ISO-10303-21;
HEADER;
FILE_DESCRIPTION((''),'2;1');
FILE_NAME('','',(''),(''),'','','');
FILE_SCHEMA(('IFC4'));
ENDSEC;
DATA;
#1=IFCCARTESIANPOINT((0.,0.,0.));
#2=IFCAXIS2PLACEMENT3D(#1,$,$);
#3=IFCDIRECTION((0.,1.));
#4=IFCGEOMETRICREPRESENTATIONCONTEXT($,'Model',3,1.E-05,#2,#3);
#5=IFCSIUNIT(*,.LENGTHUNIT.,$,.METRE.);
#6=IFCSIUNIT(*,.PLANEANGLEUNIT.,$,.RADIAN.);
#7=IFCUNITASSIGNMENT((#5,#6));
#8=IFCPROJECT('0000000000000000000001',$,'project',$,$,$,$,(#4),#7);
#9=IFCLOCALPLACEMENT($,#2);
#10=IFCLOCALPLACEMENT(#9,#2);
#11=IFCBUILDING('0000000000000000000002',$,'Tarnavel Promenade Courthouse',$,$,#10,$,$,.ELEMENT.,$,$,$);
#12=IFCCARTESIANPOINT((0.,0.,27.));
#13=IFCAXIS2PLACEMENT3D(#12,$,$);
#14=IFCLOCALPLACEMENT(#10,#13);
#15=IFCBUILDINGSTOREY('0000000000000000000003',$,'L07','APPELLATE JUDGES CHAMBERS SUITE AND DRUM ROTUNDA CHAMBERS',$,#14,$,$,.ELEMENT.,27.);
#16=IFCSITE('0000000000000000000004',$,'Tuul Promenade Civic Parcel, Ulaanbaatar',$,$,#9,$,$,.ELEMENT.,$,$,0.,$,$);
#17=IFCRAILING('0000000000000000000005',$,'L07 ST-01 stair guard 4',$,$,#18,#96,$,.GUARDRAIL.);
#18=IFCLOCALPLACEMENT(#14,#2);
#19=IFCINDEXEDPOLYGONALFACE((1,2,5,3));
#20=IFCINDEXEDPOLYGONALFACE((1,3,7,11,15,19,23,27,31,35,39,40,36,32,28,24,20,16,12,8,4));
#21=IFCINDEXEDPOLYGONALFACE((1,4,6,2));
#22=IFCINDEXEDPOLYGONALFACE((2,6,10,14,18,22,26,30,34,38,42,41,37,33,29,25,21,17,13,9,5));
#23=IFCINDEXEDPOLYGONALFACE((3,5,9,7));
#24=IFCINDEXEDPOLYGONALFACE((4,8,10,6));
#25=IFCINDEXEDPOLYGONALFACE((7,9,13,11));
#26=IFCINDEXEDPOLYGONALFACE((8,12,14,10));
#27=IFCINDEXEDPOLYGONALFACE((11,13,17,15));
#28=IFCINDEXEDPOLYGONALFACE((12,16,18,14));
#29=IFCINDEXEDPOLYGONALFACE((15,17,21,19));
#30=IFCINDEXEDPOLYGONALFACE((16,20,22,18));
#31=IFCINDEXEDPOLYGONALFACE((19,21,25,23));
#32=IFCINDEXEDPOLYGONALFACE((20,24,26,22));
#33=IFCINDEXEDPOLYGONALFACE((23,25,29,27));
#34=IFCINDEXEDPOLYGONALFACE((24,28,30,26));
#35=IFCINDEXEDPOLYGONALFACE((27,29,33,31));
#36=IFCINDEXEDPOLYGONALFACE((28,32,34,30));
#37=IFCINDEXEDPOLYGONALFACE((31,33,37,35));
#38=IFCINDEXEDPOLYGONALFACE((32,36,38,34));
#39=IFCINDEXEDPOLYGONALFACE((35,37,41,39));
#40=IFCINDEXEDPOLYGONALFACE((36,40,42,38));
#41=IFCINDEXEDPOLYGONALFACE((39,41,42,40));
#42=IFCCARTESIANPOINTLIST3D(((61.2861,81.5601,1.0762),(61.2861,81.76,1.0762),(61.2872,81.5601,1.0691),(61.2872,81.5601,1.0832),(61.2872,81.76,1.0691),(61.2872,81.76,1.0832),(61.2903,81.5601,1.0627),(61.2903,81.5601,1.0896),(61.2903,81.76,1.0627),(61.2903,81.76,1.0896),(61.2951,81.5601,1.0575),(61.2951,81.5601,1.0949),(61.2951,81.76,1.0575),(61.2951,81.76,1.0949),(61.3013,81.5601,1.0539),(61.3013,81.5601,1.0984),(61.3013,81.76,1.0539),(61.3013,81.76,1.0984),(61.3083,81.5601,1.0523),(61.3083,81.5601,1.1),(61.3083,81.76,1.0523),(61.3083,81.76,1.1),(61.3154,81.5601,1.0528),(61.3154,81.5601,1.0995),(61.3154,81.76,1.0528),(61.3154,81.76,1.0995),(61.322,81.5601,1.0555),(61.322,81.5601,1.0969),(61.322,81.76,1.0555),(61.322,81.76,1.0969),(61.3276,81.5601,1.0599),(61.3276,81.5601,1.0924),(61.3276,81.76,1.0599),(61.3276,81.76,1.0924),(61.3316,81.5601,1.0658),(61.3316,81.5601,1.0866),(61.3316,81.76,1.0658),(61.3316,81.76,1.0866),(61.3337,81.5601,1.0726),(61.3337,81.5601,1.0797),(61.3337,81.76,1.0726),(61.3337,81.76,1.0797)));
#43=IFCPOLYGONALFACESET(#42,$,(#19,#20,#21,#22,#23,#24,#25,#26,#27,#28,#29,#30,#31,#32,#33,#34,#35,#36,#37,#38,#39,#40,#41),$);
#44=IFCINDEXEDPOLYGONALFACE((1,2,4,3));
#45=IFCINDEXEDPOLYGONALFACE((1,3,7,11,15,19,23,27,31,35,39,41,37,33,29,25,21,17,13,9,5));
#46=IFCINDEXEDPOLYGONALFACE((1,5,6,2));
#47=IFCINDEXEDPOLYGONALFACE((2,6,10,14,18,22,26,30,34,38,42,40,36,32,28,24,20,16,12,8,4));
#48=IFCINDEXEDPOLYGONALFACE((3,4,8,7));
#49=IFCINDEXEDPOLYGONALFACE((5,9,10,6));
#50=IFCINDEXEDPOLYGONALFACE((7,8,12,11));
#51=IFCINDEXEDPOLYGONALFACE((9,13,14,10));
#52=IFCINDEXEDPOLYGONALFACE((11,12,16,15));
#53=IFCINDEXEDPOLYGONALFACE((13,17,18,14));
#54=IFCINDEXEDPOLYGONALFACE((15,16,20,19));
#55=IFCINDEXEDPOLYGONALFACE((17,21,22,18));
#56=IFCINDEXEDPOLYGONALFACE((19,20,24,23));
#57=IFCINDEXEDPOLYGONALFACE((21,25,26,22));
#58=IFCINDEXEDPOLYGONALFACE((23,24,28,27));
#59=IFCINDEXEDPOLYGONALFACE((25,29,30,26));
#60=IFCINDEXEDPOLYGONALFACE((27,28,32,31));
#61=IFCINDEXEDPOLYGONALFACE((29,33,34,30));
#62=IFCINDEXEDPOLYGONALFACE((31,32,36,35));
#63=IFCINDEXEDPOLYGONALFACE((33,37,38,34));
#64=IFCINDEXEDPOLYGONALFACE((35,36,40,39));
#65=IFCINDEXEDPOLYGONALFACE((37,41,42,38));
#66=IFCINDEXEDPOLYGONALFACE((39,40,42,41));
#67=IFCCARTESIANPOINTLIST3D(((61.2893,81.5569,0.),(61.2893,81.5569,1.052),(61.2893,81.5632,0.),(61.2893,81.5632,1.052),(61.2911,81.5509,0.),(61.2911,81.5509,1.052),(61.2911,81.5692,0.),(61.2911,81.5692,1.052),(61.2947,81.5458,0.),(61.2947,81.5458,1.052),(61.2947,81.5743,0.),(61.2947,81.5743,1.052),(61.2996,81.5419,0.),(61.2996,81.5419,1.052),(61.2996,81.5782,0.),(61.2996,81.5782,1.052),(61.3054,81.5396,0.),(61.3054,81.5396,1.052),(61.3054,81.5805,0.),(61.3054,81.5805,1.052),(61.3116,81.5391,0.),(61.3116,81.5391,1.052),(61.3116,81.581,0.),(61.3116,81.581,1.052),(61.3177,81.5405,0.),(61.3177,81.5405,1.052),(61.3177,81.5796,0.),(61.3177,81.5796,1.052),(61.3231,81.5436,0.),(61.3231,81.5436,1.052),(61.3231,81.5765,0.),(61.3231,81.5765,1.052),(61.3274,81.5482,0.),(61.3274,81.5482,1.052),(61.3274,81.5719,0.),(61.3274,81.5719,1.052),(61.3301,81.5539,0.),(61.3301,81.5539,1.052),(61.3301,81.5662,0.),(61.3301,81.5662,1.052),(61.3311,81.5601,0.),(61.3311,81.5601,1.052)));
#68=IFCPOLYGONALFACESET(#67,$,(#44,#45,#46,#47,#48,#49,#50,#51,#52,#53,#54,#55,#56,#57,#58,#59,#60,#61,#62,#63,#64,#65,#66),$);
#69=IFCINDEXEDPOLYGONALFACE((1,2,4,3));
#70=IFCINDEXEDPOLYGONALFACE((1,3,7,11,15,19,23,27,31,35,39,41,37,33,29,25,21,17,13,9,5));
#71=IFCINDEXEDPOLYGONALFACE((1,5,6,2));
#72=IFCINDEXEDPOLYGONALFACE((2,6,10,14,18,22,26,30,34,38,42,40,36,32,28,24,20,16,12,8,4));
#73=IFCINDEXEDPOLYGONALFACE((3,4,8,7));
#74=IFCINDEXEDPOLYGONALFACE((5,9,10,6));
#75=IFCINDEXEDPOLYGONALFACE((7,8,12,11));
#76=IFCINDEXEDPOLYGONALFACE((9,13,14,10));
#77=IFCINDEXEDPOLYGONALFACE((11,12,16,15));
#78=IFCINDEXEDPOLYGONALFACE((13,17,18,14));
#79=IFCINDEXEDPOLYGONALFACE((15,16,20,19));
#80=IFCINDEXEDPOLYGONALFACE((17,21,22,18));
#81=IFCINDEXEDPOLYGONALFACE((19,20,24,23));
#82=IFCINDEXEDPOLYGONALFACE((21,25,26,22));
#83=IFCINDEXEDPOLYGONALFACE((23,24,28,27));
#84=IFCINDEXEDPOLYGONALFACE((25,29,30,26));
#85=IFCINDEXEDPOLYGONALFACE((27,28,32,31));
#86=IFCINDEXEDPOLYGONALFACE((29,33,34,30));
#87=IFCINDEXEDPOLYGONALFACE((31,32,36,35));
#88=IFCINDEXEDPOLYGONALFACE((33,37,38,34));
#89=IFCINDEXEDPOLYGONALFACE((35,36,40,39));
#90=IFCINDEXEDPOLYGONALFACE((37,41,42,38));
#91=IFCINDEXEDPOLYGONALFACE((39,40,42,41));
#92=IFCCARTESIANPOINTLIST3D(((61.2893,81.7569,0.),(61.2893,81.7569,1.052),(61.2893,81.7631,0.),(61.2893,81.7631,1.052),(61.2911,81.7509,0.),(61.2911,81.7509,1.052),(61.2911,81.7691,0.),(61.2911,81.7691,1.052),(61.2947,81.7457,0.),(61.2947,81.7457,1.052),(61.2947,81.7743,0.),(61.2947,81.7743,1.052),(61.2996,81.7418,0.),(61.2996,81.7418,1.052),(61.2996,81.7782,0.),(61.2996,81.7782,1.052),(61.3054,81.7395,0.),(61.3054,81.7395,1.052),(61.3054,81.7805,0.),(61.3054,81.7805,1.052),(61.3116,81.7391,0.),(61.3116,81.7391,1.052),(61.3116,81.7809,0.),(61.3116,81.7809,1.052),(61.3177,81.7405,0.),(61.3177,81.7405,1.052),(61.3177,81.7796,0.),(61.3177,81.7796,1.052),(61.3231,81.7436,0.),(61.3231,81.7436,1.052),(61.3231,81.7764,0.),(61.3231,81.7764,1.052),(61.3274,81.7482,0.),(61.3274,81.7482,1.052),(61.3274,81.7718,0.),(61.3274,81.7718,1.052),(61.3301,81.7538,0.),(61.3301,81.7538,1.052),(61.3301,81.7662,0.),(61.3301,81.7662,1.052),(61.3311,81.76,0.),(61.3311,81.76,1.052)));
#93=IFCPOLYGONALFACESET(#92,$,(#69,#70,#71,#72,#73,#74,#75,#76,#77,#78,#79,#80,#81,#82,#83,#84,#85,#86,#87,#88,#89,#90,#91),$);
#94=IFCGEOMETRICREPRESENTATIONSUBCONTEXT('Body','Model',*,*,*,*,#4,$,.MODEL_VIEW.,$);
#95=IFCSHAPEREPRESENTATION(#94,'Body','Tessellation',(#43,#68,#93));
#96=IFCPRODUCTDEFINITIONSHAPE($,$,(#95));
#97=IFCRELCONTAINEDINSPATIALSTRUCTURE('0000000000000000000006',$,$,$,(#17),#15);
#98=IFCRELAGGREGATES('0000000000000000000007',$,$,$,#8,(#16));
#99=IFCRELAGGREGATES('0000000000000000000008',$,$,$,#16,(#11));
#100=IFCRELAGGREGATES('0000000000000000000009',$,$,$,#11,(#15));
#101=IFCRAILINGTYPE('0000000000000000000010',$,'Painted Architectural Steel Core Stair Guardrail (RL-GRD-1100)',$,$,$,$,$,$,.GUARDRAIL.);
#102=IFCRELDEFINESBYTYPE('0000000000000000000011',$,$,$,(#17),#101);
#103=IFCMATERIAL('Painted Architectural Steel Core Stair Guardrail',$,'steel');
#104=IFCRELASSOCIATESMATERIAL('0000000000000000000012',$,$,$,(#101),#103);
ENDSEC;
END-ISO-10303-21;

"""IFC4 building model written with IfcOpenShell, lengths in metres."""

from ifc_helpers import new_model, si_unit, direction, frame, origin, origin_2d, place, context, subcontext, project, spatial, circle, extrude, material, type_object, element, save


model = new_model("IFC4")

# Units and contexts
model_context = context("Model", 3, precision=1e-05, world=origin(), true_north=direction((0.0, 1.0)))
body_context = subcontext(model_context, "Body", "Model", "MODEL_VIEW")
ifc_project = project(units=[si_unit("LENGTHUNIT", "METRE"), si_unit("PLANEANGLEUNIT", "RADIAN")], contexts=[model_context])

# Site, building, storey
site_placement = place(None, origin())
site = spatial("IfcSite", under=ifc_project, at=site_placement, Name="Tuul Promenade Civic Parcel, Ulaanbaatar", CompositionType="ELEMENT", RefElevation=0.0)
building_placement = place(site_placement, origin())
building = spatial("IfcBuilding", under=site, at=building_placement, Name="Tarnavel Promenade Courthouse", CompositionType="ELEMENT")
storey_placement = place(building_placement, frame((0.0, 0.0, 27.0)))
storey = spatial("IfcBuildingStorey", under=building, at=storey_placement, Name="L07", Description="APPELLATE JUDGES CHAMBERS SUITE AND DRUM ROTUNDA CHAMBERS", CompositionType="ELEMENT", Elevation=27.0)

# Railing
ifc_material_1 = material(Name="Painted Architectural Steel Core Stair Guardrail", Category="steel")
railing_type_1 = type_object("IfcRailingType", Name="Painted Architectural Steel Core Stair Guardrail (RL-GRD-1100)", PredefinedType="GUARDRAIL", material=ifc_material_1)
railing_1_placement = place(storey_placement, frame((61.3101, 81.5601, 0.0)))
element("IfcRailing", 1, at=railing_1_placement, inside=storey, type_object=railing_type_1, Name="L07 ST-01 stair guard 4", PredefinedType="GUARDRAIL", context=body_context, shape_type="SweptSolid", body=[
    extrude(circle(Radius=0.0239, at=origin_2d()), frame((0.0, 0.0, 1.0762), z_axis=(0.0, 1.0, 0.0), x_axis=(-1.0, 0.0, 0.0)), (0.0, 0.0, 1.0), 0.2),
    extrude(circle(Radius=0.021, at=origin_2d()), origin(), (0.0, 0.0, 1.0), 1.052),
    extrude(circle(Radius=0.021, at=origin_2d()), frame((0.0, 0.2, 0.0)), (0.0, 0.0, 1.0), 1.052),
])

save(model, "model.ifc")
